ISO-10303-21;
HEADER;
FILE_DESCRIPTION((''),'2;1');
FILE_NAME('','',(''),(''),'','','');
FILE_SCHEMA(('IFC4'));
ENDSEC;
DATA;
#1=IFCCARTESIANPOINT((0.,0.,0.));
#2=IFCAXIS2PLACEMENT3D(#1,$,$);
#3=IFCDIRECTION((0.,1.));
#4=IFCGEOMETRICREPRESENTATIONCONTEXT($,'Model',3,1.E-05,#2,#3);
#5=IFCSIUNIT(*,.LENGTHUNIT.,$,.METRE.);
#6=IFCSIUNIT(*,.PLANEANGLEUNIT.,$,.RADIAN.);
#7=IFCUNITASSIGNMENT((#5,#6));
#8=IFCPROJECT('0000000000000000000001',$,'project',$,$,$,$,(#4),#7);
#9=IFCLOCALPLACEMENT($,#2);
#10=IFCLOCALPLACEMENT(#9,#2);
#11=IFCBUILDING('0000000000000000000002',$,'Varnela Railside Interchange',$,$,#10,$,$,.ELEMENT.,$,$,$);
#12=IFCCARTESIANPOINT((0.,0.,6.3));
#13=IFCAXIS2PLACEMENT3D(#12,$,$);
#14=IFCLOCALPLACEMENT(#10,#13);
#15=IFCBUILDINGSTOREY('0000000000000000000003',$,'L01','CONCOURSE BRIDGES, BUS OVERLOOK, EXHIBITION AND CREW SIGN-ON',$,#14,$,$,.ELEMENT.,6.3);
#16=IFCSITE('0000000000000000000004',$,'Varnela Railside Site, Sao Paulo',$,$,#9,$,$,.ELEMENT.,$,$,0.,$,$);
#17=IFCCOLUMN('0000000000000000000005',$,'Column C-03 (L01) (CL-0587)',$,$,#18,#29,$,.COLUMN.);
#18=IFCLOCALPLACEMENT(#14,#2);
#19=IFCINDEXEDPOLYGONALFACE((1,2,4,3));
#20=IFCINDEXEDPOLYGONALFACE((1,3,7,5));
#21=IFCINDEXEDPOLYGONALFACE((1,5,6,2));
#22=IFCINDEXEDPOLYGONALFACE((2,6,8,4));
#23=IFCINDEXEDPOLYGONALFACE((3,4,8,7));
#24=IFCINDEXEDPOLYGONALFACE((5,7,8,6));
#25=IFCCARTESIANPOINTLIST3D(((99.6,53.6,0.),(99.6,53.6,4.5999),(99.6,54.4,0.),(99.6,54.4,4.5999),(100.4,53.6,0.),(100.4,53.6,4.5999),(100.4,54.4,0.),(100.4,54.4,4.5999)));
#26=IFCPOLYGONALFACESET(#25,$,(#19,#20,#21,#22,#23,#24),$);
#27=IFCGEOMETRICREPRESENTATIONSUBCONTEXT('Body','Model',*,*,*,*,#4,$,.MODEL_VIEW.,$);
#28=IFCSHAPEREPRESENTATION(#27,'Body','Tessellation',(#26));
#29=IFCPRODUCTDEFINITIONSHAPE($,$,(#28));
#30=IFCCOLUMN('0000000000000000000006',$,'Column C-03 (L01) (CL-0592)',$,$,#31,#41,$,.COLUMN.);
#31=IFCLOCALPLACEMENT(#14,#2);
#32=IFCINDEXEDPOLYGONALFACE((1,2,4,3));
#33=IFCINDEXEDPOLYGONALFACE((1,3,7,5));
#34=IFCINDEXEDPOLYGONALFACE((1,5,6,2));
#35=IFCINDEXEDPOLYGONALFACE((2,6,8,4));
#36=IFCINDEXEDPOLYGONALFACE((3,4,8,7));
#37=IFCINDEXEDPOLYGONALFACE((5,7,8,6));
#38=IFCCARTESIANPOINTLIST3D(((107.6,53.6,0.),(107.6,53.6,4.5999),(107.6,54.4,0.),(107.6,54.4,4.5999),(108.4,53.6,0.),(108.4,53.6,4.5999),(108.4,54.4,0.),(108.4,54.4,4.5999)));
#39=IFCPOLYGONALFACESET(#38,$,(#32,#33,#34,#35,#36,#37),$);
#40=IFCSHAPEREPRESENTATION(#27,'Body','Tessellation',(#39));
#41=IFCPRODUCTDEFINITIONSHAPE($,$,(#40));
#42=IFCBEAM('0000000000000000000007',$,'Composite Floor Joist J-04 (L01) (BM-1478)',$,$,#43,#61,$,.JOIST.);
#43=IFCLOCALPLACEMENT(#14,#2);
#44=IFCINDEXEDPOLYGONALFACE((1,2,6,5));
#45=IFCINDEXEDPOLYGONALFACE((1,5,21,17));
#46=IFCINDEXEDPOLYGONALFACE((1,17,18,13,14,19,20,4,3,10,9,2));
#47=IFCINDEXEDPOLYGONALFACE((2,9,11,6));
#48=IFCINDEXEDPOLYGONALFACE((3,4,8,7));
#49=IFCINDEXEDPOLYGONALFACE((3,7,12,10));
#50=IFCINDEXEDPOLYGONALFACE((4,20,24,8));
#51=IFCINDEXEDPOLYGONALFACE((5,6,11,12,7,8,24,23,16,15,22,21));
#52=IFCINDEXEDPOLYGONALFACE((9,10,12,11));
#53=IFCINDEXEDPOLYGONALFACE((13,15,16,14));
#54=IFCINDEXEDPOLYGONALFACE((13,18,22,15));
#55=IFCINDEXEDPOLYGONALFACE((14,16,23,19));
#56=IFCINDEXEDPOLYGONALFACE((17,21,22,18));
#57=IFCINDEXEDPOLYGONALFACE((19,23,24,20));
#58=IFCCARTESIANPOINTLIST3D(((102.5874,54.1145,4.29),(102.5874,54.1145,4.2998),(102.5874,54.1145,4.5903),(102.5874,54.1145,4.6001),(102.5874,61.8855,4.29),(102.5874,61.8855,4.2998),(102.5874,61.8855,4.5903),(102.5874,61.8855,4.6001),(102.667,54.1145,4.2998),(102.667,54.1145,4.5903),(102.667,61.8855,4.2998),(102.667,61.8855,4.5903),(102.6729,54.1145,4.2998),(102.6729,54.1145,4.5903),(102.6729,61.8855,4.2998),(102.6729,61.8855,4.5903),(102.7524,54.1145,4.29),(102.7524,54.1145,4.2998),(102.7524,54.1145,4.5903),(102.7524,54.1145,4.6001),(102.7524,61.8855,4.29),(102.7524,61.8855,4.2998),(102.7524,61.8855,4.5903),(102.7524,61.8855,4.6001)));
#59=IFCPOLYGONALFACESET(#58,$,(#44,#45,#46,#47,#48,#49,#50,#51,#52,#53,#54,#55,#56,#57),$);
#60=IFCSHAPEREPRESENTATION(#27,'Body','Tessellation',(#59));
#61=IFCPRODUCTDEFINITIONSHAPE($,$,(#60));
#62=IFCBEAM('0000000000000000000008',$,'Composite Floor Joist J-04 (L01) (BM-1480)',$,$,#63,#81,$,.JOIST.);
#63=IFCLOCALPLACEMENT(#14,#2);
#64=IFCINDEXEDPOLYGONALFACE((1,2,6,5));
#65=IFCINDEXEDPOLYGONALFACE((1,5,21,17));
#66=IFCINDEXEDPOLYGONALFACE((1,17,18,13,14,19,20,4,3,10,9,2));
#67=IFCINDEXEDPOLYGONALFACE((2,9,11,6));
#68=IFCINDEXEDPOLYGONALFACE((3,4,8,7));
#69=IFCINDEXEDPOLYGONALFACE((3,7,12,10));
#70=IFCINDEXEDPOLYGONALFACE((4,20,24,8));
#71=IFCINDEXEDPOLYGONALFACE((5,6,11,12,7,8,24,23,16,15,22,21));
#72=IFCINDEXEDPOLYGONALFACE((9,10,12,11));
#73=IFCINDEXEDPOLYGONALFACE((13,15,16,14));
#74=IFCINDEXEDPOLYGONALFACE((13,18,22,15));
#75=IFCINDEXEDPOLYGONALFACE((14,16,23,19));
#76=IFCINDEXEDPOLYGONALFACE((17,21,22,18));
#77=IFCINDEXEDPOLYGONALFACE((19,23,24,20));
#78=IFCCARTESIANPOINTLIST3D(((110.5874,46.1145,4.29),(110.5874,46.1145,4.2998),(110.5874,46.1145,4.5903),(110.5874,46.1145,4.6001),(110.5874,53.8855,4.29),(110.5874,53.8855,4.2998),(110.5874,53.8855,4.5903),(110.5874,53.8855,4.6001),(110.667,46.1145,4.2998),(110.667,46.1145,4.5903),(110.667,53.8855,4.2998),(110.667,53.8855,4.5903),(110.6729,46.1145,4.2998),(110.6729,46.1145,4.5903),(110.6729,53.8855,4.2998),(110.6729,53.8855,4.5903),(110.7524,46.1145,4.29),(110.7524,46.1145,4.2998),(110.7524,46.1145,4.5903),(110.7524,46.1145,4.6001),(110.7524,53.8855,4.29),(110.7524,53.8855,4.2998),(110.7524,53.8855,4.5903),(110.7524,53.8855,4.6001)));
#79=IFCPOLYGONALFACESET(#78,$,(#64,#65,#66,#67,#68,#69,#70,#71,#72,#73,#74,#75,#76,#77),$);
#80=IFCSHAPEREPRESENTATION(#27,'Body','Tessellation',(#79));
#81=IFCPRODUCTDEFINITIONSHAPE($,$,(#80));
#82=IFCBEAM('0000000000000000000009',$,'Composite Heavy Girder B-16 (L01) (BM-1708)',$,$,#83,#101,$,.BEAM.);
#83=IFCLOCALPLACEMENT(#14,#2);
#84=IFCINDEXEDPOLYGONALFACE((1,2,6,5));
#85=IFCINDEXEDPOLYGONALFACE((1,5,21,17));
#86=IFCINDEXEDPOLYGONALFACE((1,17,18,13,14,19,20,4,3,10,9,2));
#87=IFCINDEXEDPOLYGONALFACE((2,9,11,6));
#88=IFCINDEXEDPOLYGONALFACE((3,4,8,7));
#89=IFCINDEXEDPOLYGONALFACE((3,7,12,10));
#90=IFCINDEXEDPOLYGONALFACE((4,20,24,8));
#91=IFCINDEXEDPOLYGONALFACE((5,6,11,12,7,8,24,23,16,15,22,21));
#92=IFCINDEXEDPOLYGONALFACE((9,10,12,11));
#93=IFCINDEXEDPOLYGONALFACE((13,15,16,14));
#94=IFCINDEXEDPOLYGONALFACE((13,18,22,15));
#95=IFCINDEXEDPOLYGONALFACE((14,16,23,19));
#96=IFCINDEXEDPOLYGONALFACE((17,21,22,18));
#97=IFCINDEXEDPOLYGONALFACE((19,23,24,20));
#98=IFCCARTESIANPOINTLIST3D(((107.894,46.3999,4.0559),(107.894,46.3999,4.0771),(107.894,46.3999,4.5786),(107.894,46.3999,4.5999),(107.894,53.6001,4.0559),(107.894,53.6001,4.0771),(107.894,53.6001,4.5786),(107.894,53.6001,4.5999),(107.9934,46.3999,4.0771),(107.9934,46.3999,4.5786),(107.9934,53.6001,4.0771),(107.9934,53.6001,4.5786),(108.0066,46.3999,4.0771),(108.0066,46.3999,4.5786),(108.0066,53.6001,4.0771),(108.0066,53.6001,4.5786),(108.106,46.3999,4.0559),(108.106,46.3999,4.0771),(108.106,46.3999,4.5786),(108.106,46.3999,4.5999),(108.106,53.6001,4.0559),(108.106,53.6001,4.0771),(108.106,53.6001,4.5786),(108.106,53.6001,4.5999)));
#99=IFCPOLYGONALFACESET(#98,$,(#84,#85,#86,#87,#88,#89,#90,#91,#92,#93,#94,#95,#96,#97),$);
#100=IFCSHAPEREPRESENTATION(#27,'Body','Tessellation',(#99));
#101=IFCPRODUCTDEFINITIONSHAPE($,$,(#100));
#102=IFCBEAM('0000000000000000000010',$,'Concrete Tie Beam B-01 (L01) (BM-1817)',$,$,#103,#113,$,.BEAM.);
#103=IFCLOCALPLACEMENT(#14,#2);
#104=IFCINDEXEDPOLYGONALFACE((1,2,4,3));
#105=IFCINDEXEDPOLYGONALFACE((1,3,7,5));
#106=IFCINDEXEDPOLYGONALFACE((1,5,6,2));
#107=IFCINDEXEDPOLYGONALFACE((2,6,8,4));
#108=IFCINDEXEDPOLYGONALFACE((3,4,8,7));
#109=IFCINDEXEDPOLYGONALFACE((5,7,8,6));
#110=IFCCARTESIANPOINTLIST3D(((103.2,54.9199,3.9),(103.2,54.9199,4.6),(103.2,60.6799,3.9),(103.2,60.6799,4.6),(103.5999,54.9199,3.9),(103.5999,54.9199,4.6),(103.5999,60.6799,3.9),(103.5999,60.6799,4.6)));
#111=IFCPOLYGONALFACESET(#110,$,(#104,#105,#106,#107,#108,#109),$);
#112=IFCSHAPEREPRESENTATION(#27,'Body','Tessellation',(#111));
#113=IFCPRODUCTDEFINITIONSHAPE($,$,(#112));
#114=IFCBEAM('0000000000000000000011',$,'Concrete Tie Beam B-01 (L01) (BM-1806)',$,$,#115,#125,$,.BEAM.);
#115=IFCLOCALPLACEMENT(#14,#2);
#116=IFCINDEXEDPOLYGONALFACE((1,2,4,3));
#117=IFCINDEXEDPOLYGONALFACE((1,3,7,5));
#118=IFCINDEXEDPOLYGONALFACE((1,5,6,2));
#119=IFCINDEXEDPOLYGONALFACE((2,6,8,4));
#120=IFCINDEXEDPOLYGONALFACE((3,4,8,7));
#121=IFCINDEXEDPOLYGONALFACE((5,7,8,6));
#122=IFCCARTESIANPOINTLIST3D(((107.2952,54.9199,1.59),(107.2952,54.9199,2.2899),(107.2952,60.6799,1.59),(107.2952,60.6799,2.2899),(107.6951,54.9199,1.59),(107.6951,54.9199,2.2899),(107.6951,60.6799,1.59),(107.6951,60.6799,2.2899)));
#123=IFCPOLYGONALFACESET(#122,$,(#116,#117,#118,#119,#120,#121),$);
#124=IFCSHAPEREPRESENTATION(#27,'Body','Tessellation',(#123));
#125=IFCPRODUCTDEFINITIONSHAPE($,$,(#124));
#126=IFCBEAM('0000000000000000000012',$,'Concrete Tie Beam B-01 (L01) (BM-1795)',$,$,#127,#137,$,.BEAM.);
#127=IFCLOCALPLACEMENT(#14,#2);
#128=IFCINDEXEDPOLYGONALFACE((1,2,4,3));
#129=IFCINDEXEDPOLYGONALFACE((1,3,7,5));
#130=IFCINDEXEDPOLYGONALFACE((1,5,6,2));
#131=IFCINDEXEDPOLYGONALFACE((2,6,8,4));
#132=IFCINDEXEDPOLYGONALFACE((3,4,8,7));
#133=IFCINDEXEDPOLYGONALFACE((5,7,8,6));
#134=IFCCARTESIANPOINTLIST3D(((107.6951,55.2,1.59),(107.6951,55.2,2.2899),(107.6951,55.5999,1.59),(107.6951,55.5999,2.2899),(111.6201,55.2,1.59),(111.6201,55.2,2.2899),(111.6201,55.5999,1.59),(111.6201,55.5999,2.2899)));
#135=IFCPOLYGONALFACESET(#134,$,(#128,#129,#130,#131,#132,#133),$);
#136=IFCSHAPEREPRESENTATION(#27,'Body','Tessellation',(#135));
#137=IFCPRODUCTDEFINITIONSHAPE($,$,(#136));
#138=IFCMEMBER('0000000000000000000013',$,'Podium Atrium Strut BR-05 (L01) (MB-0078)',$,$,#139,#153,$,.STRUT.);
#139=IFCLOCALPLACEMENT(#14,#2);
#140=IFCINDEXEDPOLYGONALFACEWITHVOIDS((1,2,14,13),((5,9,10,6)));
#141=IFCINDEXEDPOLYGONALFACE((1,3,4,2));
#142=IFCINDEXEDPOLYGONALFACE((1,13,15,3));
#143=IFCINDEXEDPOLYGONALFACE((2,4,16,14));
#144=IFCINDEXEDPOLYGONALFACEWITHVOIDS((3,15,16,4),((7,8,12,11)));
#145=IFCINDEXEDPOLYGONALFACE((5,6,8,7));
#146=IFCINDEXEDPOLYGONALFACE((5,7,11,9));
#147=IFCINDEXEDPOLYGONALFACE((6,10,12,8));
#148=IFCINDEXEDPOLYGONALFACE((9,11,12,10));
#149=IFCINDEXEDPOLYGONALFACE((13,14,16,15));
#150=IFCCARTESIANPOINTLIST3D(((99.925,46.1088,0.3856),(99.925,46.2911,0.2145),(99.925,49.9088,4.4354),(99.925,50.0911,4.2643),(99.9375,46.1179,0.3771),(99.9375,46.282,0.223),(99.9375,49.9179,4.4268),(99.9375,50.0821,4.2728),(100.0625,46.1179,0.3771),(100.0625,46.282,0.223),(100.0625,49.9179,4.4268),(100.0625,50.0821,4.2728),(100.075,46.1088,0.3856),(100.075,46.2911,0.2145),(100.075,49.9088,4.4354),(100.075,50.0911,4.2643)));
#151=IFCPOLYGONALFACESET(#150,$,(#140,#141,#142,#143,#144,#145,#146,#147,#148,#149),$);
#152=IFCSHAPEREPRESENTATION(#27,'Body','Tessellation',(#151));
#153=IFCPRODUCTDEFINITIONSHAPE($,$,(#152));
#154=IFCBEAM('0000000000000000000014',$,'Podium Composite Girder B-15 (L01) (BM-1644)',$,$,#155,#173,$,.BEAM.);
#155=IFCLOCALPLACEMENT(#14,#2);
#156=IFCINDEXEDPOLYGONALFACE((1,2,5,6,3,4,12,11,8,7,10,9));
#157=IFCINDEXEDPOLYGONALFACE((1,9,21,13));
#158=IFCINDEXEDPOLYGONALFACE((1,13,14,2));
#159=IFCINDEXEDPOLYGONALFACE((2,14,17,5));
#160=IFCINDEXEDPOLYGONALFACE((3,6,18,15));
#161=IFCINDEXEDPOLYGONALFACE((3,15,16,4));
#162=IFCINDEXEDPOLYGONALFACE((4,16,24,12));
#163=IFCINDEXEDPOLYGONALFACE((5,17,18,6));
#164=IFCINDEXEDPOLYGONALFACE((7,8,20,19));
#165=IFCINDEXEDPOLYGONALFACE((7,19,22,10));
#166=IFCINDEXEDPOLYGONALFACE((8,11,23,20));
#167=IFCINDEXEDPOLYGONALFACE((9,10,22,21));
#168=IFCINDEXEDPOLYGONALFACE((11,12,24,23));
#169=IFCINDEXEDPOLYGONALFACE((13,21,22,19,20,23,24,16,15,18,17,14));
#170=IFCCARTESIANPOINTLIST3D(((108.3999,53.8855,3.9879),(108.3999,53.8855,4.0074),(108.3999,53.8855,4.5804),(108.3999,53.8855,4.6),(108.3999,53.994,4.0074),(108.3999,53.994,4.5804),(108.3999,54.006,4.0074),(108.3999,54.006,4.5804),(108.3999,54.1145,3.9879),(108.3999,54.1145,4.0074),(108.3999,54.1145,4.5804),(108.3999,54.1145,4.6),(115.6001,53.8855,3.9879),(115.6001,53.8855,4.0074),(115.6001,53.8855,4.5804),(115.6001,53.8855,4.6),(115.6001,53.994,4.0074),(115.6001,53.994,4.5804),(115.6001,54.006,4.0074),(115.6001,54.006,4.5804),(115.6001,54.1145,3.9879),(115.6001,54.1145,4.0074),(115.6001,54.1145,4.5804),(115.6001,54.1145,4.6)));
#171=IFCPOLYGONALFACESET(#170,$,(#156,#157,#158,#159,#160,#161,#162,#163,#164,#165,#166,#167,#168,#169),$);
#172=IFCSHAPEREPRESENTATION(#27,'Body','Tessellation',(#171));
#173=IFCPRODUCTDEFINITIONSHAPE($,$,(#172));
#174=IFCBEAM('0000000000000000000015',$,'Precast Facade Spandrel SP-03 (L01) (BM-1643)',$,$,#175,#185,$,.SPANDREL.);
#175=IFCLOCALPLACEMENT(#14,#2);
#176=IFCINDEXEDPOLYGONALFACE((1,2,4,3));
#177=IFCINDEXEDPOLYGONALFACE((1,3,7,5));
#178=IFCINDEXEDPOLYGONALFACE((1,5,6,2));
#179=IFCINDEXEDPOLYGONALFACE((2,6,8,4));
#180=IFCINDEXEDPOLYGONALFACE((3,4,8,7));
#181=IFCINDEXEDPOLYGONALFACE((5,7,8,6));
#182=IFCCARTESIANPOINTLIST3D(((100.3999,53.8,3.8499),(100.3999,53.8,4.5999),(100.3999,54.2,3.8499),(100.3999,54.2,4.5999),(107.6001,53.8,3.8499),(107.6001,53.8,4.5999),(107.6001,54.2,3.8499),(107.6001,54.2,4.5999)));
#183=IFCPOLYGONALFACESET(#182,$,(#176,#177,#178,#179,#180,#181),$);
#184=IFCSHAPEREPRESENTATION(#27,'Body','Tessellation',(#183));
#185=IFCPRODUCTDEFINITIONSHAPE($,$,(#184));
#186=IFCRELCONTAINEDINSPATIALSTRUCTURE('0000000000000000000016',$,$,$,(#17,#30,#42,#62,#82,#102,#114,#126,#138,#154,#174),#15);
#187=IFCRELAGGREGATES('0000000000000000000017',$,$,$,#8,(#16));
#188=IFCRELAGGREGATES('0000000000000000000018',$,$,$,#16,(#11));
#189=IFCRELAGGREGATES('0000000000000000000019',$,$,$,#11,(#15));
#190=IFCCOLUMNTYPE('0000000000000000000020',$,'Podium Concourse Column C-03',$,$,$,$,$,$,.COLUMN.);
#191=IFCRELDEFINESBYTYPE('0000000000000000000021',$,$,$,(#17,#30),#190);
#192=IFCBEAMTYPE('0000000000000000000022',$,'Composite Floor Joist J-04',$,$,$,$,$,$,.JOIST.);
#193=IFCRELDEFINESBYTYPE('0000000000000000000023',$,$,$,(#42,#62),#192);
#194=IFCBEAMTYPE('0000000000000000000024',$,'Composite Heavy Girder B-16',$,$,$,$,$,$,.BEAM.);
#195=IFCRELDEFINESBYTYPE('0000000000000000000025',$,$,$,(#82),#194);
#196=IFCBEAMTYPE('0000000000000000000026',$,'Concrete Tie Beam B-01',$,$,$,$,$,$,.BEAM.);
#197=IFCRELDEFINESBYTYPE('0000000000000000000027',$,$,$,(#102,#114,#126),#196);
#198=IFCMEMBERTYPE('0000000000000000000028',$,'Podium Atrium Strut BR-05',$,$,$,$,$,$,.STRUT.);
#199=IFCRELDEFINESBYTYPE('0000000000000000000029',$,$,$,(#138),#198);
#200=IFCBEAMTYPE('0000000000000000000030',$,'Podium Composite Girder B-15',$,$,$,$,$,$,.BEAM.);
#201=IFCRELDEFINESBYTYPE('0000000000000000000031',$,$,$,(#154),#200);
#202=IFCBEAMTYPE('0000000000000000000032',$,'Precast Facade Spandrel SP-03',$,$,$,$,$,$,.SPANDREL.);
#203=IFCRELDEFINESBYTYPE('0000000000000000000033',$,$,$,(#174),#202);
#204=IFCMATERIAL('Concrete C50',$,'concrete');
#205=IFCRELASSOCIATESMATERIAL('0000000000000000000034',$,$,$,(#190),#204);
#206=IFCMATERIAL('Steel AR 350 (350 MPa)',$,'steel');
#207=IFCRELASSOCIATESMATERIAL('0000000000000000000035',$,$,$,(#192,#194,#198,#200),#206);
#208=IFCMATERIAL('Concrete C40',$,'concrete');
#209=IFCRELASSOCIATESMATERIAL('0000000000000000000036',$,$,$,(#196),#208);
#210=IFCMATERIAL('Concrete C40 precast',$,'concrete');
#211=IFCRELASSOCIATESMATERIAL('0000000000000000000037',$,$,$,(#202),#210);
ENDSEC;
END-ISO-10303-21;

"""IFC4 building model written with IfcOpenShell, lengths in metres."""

from ifc_helpers import new_model, si_unit, direction, frame, origin, origin_2d, place, context, subcontext, project, spatial, rectangle, hollow_rectangle, i_section, extrude, material, material_profile, profile_set, type_object, element, save


model = new_model("IFC4")

# Units and contexts
model_context = context("Model", 3, precision=1e-05, world=origin(), true_north=direction((0.0, 1.0)))
body_context = subcontext(model_context, "Body", "Model", "MODEL_VIEW")
ifc_project = project(units=[si_unit("LENGTHUNIT", "METRE"), si_unit("PLANEANGLEUNIT", "RADIAN")], contexts=[model_context])

# Site, building, storey
site_placement = place(None, origin())
site = spatial("IfcSite", under=ifc_project, at=site_placement, Name="Varnela Railside Site, Sao Paulo", CompositionType="ELEMENT", RefElevation=0.0)
building_placement = place(site_placement, origin())
building = spatial("IfcBuilding", under=site, at=building_placement, Name="Varnela Railside Interchange", CompositionType="ELEMENT")
storey_placement = place(building_placement, frame((0.0, 0.0, 6.3)))
storey = spatial("IfcBuildingStorey", under=building, at=storey_placement, Name="L01", Description="CONCOURSE BRIDGES, BUS OVERLOOK, EXHIBITION AND CREW SIGN-ON", CompositionType="ELEMENT", Elevation=6.3)

# Columns
ifc_material_1 = material(Name="Concrete C50", Category="concrete")
ifc_material_profile_1 = material_profile(ifc_material_1, rectangle(XDim=0.8, YDim=0.8, at=origin_2d()), Name="RC 800x800")
ifc_profile_set_1 = profile_set([ifc_material_profile_1], Name="Concrete C50")
column_type = type_object("IfcColumnType", Name="Podium Concourse Column C-03", PredefinedType="COLUMN", material=ifc_profile_set_1)
for number, where, z_axis, x_axis, name in (
    (1, (100.0, 54.0, 0.0), (0.0, 0.0, 1.0), (1.0, 0.0, 0.0), "Column C-03 (L01) (CL-0587)"),
    (2, (108.0, 54.0, 0.0), (0.0, 0.0, 1.0), (1.0, 0.0, 0.0), "Column C-03 (L01) (CL-0592)"),
):
    element("IfcColumn", number, at=place(storey_placement, frame(where, z_axis=z_axis, x_axis=x_axis)), inside=storey, type_object=column_type, Name=name, PredefinedType="COLUMN", context=body_context, shape_type="SweptSolid", body=[
        extrude(rectangle(XDim=0.8, YDim=0.8, at=origin_2d()), origin(), (0.0, 0.0, 1.0), 4.5999),
    ])

# Beams
ifc_material_2 = material(Name="Steel AR 350 (350 MPa)", Category="steel")
ifc_material_profile_2 = material_profile(ifc_material_2, i_section(OverallWidth=0.165, OverallDepth=0.3101, WebThickness=0.0059, FlangeThickness=0.0098, at=origin_2d()), Name="W310x38.7")
ifc_profile_set_2 = profile_set([ifc_material_profile_2], Name="Steel AR 350 (350 MPa)")
beam_type_1 = type_object("IfcBeamType", Name="Composite Floor Joist J-04", PredefinedType="JOIST", material=ifc_profile_set_2)
for number, where, z_axis, x_axis, name in (
    (3, (102.6699, 54.1145, 4.4451), (0.0, 1.0, 0.0), (-1.0, 0.0, 0.0), "Composite Floor Joist J-04 (L01) (BM-1478)"),
    (4, (110.6699, 46.1145, 4.4451), (0.0, 1.0, 0.0), (-1.0, 0.0, 0.0), "Composite Floor Joist J-04 (L01) (BM-1480)"),
):
    element("IfcBeam", number, at=place(storey_placement, frame(where, z_axis=z_axis, x_axis=x_axis)), inside=storey, type_object=beam_type_1, Name=name, PredefinedType="JOIST", context=body_context, shape_type="SweptSolid", body=[
        extrude(i_section(OverallWidth=0.165, OverallDepth=0.3101, WebThickness=0.0059, FlangeThickness=0.0098, at=origin_2d()), origin(), (0.0, 0.0, 1.0), 7.771),
    ])
ifc_material_profile_3 = material_profile(ifc_material_2, i_section(OverallWidth=0.2119, OverallDepth=0.5439, WebThickness=0.0132, FlangeThickness=0.0212, at=origin_2d()), Name="W530x123")
ifc_profile_set_3 = profile_set([ifc_material_profile_3], Name="Steel AR 350 (350 MPa)")
beam_type_2 = type_object("IfcBeamType", Name="Composite Heavy Girder B-16", PredefinedType="BEAM", material=ifc_profile_set_3)
beam_1_placement = place(storey_placement, frame((108.0, 46.3999, 4.3279), z_axis=(0.0, 1.0, 0.0), x_axis=(-1.0, 0.0, 0.0)))
element("IfcBeam", 5, at=beam_1_placement, inside=storey, type_object=beam_type_2, Name="Composite Heavy Girder B-16 (L01) (BM-1708)", PredefinedType="BEAM", context=body_context, shape_type="SweptSolid", body=[
    extrude(i_section(OverallWidth=0.2119, OverallDepth=0.5439, WebThickness=0.0132, FlangeThickness=0.0212, at=origin_2d()), origin(), (0.0, 0.0, 1.0), 7.2002),
])
ifc_material_3 = material(Name="Concrete C40", Category="concrete")
ifc_material_profile_4 = material_profile(ifc_material_3, rectangle(XDim=0.3999, YDim=0.7, at=origin_2d()), Name="RC 400x700")
ifc_profile_set_4 = profile_set([ifc_material_profile_4], Name="Concrete C40")
beam_type_3 = type_object("IfcBeamType", Name="Concrete Tie Beam B-01", PredefinedType="BEAM", material=ifc_profile_set_4)
for number, where, z_axis, x_axis, name in (
    (6, (103.3999, 54.9199, 4.25), (0.0, 1.0, 0.0), (-1.0, 0.0, 0.0), "Concrete Tie Beam B-01 (L01) (BM-1817)"),
    (7, (107.4951, 54.9199, 1.9399), (0.0, 1.0, 0.0), (-1.0, 0.0, 0.0), "Concrete Tie Beam B-01 (L01) (BM-1806)"),
):
    element("IfcBeam", number, at=place(storey_placement, frame(where, z_axis=z_axis, x_axis=x_axis)), inside=storey, type_object=beam_type_3, Name=name, PredefinedType="BEAM", context=body_context, shape_type="SweptSolid", body=[
        extrude(rectangle(XDim=0.3999, YDim=0.7, at=origin_2d()), origin(), (0.0, 0.0, 1.0), 5.76),
    ])
beam_2_placement = place(storey_placement, frame((107.6951, 55.3999, 1.9399), z_axis=(1.0, 0.0, 0.0), x_axis=(0.0, 1.0, 0.0)))
element("IfcBeam", 8, at=beam_2_placement, inside=storey, type_object=beam_type_3, Name="Concrete Tie Beam B-01 (L01) (BM-1795)", PredefinedType="BEAM", context=body_context, shape_type="SweptSolid", body=[
    extrude(rectangle(XDim=0.3999, YDim=0.7, at=origin_2d()), origin(), (0.0, 0.0, 1.0), 3.925),
])

# Member
ifc_material_profile_5 = material_profile(ifc_material_2, hollow_rectangle(XDim=0.1499, YDim=0.25, WallThickness=0.0125, at=origin_2d()), Name="HSS 250x150x12.5")
ifc_profile_set_5 = profile_set([ifc_material_profile_5], Name="Steel AR 350 (350 MPa)")
member_type = type_object("IfcMemberType", Name="Podium Atrium Strut BR-05", PredefinedType="STRUT", material=ifc_profile_set_5)
member_placement = place(storey_placement, frame((100.0, 46.2, 0.3), z_axis=(0.0, 0.684263, 0.729236), x_axis=(-1.0, 0.0, 0.0)))
element("IfcMember", 9, at=member_placement, inside=storey, type_object=member_type, Name="Podium Atrium Strut BR-05 (L01) (MB-0078)", PredefinedType="STRUT", context=body_context, shape_type="SweptSolid", body=[
    extrude(hollow_rectangle(XDim=0.1499, YDim=0.25, WallThickness=0.0125, at=origin_2d()), origin(), (0.0, 0.0, 1.0), 5.5535),
])

# Beams
ifc_material_profile_6 = material_profile(ifc_material_2, i_section(OverallWidth=0.229, OverallDepth=0.6121, WebThickness=0.012, FlangeThickness=0.0195, at=origin_2d()), Name="W610x125")
ifc_profile_set_6 = profile_set([ifc_material_profile_6], Name="Steel AR 350 (350 MPa)")
beam_type_4 = type_object("IfcBeamType", Name="Podium Composite Girder B-15", PredefinedType="BEAM", material=ifc_profile_set_6)
beam_3_placement = place(storey_placement, frame((108.3999, 54.0, 4.2939), z_axis=(1.0, 0.0, 0.0), x_axis=(0.0, 1.0, 0.0)))
element("IfcBeam", 10, at=beam_3_placement, inside=storey, type_object=beam_type_4, Name="Podium Composite Girder B-15 (L01) (BM-1644)", PredefinedType="BEAM", context=body_context, shape_type="SweptSolid", body=[
    extrude(i_section(OverallWidth=0.229, OverallDepth=0.6121, WebThickness=0.012, FlangeThickness=0.0195, at=origin_2d()), origin(), (0.0, 0.0, 1.0), 7.2002),
])
ifc_material_4 = material(Name="Concrete C40 precast", Category="concrete")
ifc_material_profile_7 = material_profile(ifc_material_4, rectangle(XDim=0.3999, YDim=0.75, at=origin_2d()), Name="PC 400x750")
ifc_profile_set_7 = profile_set([ifc_material_profile_7], Name="Concrete C40 precast")
beam_type_5 = type_object("IfcBeamType", Name="Precast Facade Spandrel SP-03", PredefinedType="SPANDREL", material=ifc_profile_set_7)
for number, where, z_axis, x_axis, name in (
    (11, (100.3999, 54.0, 4.2249), (1.0, 0.0, 0.0), (0.0, 1.0, 0.0), "Precast Facade Spandrel SP-03 (L01) (BM-1643)"),
):
    element("IfcBeam", number, at=place(storey_placement, frame(where, z_axis=z_axis, x_axis=x_axis)), inside=storey, type_object=beam_type_5, Name=name, PredefinedType="SPANDREL", context=body_context, shape_type="SweptSolid", body=[
        extrude(rectangle(XDim=0.3999, YDim=0.75, at=origin_2d()), origin(), (0.0, 0.0, 1.0), 7.2002),
    ])

save(model, "model.ifc")
